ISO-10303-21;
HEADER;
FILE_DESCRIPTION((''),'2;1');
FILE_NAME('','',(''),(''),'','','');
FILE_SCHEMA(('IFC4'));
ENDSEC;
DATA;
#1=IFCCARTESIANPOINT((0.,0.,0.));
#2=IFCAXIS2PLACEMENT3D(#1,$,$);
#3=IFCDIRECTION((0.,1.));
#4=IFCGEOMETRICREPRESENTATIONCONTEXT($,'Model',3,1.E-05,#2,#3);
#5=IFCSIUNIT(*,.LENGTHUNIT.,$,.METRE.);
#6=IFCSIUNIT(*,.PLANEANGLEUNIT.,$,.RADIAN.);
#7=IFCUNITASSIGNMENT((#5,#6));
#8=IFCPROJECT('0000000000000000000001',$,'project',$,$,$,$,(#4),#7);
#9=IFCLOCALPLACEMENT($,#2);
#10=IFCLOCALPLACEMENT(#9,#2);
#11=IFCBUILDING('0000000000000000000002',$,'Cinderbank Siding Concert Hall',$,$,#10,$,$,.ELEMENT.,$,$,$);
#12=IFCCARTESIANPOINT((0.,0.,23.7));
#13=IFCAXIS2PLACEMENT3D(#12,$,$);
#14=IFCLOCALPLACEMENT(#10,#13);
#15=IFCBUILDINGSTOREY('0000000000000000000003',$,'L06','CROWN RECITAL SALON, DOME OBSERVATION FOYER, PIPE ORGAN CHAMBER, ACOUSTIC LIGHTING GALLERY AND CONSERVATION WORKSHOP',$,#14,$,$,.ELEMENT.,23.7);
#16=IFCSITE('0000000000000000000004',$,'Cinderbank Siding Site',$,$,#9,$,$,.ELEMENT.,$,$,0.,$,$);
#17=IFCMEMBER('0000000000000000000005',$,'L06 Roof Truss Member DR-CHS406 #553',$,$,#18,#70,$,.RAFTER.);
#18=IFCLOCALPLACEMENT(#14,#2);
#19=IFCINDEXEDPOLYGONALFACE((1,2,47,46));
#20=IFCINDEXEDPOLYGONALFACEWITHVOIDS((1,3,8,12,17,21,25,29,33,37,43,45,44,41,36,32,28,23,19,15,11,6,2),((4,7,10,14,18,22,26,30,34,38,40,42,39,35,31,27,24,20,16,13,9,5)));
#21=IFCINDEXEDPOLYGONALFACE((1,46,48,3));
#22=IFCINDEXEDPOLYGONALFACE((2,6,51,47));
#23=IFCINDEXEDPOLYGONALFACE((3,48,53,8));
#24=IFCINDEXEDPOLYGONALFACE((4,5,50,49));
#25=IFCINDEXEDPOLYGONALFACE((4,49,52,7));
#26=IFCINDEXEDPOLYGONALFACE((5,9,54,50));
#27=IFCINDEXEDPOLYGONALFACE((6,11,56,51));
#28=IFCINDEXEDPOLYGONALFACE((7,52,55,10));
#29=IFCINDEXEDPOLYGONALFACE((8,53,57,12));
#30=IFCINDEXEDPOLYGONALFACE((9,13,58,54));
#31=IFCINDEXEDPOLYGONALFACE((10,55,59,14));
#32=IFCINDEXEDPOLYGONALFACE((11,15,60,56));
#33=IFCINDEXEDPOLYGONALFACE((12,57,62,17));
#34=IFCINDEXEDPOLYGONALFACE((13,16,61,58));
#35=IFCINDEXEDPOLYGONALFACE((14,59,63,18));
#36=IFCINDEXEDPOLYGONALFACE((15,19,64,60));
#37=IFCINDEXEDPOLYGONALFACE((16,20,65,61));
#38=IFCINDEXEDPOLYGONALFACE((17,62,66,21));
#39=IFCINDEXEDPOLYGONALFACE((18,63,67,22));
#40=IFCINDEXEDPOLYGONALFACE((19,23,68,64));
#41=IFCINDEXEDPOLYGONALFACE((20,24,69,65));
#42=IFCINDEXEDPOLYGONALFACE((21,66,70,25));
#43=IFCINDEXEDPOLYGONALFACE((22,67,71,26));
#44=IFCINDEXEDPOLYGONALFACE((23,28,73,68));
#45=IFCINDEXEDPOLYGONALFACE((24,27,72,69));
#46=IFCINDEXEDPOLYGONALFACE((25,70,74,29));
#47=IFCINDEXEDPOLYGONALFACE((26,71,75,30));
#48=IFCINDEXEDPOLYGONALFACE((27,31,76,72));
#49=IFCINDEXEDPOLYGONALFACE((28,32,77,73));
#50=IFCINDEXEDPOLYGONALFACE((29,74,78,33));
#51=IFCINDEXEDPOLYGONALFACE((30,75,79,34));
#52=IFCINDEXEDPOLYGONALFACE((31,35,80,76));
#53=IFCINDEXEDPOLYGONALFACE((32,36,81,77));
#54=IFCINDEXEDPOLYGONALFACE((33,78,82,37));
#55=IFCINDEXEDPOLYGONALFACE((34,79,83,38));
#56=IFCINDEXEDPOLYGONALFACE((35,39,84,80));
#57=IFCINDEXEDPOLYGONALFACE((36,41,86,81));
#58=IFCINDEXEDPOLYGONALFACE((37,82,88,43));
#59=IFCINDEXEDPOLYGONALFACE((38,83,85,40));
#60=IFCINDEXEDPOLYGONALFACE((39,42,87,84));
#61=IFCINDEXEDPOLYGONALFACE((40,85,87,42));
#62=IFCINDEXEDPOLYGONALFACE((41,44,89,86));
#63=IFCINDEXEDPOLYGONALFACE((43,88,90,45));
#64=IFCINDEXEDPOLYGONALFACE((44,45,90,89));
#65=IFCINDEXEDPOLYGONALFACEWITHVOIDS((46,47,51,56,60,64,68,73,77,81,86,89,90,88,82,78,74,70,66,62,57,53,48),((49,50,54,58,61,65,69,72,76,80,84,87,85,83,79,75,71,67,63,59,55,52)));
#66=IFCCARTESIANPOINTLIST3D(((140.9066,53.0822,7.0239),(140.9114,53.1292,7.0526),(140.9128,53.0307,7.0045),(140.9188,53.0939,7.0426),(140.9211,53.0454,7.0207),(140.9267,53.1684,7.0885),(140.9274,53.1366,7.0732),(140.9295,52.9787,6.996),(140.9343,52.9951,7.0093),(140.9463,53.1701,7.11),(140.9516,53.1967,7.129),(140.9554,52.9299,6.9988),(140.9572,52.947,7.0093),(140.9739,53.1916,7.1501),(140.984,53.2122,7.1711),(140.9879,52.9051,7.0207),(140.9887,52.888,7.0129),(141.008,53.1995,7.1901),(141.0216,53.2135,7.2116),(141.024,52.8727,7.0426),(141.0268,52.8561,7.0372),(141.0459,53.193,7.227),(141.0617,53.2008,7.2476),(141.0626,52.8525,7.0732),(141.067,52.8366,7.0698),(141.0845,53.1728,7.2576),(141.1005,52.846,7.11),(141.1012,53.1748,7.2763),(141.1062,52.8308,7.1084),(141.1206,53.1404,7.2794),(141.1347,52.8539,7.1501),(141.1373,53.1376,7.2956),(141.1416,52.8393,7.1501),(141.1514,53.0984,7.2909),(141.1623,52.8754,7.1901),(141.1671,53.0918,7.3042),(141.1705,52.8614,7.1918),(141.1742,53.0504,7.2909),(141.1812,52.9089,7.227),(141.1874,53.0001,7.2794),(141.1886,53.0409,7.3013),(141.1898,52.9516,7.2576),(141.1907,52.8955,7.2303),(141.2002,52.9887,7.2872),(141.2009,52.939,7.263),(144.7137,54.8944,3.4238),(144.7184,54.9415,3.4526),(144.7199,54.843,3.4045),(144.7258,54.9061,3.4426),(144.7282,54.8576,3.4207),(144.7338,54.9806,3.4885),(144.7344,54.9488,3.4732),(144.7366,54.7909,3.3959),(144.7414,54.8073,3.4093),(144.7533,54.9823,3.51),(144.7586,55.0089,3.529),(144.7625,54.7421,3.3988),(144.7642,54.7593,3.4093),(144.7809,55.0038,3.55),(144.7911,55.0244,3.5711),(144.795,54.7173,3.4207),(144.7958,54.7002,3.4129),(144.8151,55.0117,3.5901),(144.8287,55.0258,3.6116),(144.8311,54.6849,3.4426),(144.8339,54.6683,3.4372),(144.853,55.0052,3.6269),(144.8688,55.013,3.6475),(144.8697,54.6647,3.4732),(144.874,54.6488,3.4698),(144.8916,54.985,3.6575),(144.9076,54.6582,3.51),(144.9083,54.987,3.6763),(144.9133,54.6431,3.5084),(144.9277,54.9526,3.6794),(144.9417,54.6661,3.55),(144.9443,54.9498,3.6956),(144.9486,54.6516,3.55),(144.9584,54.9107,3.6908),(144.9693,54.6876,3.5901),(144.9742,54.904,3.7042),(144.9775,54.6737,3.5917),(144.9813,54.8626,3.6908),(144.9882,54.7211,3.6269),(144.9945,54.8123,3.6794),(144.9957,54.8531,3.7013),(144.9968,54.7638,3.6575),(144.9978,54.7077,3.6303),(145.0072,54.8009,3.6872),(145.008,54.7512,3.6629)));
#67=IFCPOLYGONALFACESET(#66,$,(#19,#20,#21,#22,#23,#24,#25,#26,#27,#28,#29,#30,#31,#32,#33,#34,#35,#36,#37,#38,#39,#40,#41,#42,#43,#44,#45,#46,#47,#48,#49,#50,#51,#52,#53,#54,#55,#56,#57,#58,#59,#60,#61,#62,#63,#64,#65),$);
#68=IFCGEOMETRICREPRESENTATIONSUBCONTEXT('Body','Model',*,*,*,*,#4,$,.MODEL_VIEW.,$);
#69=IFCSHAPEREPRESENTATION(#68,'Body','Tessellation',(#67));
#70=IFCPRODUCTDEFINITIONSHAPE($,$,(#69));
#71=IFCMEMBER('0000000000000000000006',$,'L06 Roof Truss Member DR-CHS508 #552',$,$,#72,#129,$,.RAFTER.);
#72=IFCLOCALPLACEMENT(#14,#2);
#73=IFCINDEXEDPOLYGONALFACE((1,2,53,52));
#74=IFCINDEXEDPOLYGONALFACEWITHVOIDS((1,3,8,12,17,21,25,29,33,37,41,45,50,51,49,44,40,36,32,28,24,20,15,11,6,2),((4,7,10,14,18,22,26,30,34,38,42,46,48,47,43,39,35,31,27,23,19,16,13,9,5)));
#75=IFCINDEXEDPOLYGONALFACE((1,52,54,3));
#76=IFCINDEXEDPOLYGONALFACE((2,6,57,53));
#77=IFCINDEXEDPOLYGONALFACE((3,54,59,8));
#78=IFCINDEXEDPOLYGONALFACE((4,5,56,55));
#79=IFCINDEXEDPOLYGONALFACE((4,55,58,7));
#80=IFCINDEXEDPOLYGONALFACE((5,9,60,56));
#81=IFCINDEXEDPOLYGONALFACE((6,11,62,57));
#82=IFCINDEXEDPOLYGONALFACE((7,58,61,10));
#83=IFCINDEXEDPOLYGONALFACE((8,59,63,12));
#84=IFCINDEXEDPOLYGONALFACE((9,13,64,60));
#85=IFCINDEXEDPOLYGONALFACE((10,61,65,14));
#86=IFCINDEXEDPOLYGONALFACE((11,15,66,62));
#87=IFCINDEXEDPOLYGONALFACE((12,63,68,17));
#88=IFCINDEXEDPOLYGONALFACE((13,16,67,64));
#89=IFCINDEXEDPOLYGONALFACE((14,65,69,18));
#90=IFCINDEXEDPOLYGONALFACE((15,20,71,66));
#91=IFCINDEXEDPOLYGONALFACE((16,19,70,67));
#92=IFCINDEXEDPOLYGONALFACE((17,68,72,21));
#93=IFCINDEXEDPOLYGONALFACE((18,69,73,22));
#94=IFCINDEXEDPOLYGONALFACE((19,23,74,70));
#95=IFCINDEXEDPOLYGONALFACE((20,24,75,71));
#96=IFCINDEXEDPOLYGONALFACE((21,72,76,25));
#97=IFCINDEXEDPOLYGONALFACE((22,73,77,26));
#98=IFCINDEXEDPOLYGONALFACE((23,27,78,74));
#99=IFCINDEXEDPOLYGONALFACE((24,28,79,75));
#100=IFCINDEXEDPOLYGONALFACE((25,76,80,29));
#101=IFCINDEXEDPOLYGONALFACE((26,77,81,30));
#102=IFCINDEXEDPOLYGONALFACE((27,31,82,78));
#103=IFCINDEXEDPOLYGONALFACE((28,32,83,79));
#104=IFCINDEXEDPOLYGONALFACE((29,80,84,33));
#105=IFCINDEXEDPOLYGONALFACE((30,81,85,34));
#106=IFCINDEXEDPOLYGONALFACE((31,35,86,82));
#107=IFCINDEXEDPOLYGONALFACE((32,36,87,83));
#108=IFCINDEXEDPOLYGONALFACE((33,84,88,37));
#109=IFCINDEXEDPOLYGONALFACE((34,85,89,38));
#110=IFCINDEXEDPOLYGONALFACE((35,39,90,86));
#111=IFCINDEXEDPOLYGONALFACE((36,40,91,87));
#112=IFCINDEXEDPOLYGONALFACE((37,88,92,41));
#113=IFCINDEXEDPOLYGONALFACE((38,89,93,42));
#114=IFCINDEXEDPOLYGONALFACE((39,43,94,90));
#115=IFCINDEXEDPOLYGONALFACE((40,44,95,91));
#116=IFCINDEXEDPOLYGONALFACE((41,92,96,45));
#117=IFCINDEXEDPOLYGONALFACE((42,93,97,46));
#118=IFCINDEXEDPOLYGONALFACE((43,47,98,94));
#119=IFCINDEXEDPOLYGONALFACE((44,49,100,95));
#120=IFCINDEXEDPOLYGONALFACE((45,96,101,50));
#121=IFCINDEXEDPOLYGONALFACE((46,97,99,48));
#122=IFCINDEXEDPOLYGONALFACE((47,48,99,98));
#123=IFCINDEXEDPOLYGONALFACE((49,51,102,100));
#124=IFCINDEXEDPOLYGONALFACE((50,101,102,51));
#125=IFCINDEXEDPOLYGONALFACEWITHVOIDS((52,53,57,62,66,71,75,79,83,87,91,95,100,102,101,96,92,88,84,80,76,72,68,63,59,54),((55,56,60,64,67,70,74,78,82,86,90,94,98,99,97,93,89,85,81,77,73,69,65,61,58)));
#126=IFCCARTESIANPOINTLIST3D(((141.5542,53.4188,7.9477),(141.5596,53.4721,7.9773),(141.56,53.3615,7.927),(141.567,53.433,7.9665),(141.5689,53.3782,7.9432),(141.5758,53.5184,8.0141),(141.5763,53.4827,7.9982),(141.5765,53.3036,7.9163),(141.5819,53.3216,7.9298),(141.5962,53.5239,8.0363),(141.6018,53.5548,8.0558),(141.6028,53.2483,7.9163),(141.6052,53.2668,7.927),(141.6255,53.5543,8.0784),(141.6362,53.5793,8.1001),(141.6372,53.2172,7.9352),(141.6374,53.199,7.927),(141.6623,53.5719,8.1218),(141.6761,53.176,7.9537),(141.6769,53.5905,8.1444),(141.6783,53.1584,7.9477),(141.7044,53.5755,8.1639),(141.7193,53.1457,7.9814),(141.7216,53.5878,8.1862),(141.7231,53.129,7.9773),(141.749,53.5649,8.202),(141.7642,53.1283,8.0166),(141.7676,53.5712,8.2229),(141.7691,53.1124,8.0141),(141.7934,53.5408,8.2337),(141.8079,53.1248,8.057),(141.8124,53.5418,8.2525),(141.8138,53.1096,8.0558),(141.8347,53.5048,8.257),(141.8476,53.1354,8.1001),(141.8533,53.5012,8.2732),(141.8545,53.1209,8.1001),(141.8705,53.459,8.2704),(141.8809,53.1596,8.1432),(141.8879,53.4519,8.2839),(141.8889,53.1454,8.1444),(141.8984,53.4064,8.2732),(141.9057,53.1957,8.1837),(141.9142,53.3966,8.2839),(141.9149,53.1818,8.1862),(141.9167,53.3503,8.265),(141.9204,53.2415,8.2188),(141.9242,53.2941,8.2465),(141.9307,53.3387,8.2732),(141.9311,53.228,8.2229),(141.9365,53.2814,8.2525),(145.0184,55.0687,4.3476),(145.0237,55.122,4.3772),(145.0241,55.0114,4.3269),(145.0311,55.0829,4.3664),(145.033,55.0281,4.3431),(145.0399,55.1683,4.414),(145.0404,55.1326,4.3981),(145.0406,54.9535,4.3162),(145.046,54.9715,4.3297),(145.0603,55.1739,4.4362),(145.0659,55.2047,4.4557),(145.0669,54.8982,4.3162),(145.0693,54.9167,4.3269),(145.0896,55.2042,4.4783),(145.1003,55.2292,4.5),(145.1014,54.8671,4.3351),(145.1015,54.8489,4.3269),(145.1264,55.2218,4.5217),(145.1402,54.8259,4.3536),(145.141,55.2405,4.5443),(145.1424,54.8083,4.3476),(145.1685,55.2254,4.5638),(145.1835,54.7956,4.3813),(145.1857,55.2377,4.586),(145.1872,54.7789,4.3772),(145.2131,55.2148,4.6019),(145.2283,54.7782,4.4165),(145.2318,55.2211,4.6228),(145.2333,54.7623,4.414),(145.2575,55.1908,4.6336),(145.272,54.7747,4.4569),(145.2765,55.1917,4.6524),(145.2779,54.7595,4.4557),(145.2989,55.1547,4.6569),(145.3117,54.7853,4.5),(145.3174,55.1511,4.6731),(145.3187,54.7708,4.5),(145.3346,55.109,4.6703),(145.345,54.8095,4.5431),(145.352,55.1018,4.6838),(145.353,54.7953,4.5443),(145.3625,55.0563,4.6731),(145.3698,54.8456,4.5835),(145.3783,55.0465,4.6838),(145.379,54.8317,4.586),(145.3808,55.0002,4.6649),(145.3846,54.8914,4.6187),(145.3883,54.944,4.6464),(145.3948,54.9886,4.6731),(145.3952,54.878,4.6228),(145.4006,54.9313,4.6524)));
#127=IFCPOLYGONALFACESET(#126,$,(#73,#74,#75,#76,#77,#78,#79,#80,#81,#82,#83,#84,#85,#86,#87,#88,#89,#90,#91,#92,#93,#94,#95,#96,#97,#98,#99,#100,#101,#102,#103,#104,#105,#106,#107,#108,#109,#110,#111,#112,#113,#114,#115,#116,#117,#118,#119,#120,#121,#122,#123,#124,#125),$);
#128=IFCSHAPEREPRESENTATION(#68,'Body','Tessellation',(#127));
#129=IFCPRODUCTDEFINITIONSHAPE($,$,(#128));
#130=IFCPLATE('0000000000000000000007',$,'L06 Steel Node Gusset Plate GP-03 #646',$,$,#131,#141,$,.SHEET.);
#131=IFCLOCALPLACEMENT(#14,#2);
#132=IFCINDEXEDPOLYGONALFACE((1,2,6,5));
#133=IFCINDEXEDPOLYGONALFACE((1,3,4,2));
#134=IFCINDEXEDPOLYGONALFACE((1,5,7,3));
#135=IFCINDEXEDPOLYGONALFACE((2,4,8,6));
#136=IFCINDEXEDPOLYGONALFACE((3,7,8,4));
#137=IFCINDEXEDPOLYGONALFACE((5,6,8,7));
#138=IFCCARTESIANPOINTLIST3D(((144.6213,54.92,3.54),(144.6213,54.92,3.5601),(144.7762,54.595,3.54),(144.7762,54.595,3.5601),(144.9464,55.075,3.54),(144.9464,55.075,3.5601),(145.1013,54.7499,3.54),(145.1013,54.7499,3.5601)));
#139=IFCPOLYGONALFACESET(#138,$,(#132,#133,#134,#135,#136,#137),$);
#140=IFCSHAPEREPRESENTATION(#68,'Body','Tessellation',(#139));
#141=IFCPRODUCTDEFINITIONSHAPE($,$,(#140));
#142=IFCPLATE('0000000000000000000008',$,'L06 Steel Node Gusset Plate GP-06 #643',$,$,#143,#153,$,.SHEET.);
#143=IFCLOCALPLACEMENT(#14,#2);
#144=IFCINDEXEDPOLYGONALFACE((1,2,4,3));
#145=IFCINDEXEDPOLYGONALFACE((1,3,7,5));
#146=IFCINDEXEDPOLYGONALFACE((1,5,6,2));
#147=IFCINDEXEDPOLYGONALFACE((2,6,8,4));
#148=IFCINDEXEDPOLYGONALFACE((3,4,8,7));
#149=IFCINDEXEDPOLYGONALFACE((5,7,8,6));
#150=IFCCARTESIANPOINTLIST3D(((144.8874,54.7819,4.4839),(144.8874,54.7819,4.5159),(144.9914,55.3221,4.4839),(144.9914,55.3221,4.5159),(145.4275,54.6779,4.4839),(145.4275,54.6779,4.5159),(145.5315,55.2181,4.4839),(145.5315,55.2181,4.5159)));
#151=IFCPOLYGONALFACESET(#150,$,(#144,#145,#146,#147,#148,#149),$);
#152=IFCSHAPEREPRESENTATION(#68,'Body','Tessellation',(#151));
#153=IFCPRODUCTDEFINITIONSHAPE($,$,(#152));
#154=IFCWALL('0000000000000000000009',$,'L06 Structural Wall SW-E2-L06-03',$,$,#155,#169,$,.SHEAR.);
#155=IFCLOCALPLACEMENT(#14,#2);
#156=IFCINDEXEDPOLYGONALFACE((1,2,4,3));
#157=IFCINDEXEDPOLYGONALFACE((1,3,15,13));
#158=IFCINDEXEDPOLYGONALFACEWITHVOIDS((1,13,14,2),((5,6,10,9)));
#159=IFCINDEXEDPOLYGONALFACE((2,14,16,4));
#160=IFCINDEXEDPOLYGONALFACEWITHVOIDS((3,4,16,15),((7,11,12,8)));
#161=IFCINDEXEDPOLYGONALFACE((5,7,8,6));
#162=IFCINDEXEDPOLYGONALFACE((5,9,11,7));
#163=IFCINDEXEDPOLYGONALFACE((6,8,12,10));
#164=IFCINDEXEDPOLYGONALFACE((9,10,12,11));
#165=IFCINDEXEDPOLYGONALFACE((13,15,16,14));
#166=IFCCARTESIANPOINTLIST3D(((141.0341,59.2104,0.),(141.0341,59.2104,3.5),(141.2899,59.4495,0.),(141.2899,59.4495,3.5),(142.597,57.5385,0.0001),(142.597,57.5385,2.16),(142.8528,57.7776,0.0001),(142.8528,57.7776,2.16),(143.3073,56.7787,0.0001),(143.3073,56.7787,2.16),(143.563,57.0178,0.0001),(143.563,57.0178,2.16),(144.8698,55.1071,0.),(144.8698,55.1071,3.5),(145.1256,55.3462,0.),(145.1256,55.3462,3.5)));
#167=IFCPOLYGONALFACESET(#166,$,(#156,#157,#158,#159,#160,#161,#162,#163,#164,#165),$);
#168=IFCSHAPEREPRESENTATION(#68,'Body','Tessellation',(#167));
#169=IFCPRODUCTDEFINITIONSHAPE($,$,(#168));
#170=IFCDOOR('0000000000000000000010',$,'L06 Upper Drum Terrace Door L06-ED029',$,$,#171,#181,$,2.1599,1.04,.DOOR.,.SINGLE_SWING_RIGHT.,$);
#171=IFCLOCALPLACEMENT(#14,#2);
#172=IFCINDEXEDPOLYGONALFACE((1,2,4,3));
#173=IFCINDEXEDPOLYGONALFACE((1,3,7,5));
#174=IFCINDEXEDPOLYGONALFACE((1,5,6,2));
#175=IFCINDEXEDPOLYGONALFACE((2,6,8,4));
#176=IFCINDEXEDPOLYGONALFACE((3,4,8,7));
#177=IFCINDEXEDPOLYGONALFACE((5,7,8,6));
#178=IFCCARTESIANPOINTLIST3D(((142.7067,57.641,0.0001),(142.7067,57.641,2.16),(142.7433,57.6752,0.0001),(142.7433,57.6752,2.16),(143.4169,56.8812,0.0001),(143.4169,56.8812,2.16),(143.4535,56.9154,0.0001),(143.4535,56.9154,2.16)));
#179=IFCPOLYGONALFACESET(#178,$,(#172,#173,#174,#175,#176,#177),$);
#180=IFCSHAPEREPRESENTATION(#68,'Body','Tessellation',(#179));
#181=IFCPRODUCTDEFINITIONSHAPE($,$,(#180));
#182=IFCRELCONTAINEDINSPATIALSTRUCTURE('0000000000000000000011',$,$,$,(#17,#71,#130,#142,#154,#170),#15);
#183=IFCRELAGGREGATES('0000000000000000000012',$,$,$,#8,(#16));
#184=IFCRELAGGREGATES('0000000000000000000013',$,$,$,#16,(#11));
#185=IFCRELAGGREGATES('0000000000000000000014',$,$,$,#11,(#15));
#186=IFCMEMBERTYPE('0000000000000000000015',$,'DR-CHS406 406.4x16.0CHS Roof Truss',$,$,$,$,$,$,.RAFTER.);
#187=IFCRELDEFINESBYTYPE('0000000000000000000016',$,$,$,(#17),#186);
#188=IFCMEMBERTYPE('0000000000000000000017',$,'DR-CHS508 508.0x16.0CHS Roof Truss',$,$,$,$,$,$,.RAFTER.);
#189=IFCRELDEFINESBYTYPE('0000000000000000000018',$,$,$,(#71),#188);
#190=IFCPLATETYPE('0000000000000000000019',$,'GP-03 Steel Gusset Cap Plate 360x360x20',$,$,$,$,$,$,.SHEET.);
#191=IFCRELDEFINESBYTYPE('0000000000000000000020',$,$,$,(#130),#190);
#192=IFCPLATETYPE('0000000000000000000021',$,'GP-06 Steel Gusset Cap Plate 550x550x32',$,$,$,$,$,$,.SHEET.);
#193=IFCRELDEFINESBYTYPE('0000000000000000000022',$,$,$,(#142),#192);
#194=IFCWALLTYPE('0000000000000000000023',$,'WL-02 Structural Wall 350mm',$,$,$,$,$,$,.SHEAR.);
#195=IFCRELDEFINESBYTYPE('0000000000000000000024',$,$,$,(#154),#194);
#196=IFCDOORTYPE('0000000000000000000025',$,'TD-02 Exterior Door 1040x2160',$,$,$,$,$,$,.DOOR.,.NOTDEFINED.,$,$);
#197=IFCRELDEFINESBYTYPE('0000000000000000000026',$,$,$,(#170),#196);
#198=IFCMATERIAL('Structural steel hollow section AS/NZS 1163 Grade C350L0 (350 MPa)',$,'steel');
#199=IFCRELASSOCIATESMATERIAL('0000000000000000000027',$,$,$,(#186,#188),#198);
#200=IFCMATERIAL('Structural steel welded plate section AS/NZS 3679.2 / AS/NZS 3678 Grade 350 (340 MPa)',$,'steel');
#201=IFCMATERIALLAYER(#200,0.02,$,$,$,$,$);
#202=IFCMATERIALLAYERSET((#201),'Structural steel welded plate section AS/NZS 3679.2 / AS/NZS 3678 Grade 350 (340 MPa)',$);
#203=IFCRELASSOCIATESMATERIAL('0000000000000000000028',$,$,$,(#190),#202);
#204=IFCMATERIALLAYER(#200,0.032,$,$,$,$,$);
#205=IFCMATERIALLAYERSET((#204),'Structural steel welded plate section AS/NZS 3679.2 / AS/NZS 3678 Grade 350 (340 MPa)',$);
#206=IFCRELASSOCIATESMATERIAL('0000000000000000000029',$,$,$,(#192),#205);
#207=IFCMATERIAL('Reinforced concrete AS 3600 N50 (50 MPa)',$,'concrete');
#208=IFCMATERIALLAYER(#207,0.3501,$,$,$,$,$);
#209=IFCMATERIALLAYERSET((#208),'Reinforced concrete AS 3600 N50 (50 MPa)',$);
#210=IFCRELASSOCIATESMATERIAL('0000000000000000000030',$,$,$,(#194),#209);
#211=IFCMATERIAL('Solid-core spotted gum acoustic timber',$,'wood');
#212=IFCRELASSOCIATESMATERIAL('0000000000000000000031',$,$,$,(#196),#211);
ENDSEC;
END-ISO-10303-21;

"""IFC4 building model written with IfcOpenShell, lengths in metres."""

from ifc_helpers import new_model, si_unit, direction, frame, frame_2d, origin, origin_2d, place, context, subcontext, project, spatial, rectangle, hollow_circle, extrude, material, layer, layer_set, material_profile, profile_set, type_object, element, fill, save


model = new_model("IFC4")

# Units and contexts
model_context = context("Model", 3, precision=1e-05, world=origin(), true_north=direction((0.0, 1.0)))
body_context = subcontext(model_context, "Body", "Model", "MODEL_VIEW")
ifc_project = project(units=[si_unit("LENGTHUNIT", "METRE"), si_unit("PLANEANGLEUNIT", "RADIAN")], contexts=[model_context])

# Site, building, storey
site_placement = place(None, origin())
site = spatial("IfcSite", under=ifc_project, at=site_placement, Name="Cinderbank Siding Site", CompositionType="ELEMENT", RefElevation=0.0)
building_placement = place(site_placement, origin())
building = spatial("IfcBuilding", under=site, at=building_placement, Name="Cinderbank Siding Concert Hall", CompositionType="ELEMENT")
storey_placement = place(building_placement, frame((0.0, 0.0, 23.7)))
storey = spatial("IfcBuildingStorey", under=building, at=storey_placement, Name="L06", Description="CROWN RECITAL SALON, DOME OBSERVATION FOYER, PIPE ORGAN CHAMBER, ACOUSTIC LIGHTING GALLERY AND CONSERVATION WORKSHOP", CompositionType="ELEMENT", Elevation=23.7)

# Shared definitions
ifc_material_1 = material(Name="Reinforced concrete AS 3600 N50 (50 MPa)", Category="concrete")

# Shared definitions
ifc_material_2 = material(Name="Structural steel welded plate section AS/NZS 3679.2 / AS/NZS 3678 Grade 350 (340 MPa)", Category="steel")

# Members
ifc_material_3 = material(Name="Structural steel hollow section AS/NZS 1163 Grade C350L0 (350 MPa)", Category="steel")
ifc_material_profile_1 = material_profile(ifc_material_3, hollow_circle(Radius=0.2031, WallThickness=0.0161, at=origin_2d()), Name="406.4x16.0CHS", Category="LoadBearing")
ifc_profile_set_1 = profile_set([ifc_material_profile_1], Name="Structural steel hollow section AS/NZS 1163 Grade C350L0 (350 MPa)")
member_type_1 = type_object("IfcMemberType", Name="DR-CHS406 406.4x16.0CHS Roof Truss", PredefinedType="RAFTER", material=ifc_profile_set_1)
member_1_placement = place(storey_placement, frame((144.8613, 54.835, 3.55), z_axis=(-0.686675, -0.326869, 0.649334), x_axis=(0.429805, -0.902922, 0.0)))
element("IfcMember", 1, at=member_1_placement, inside=storey, type_object=member_type_1, Name="L06 Roof Truss Member DR-CHS406 #553", PredefinedType="RAFTER", context=body_context, shape_type="SweptSolid", body=[
    extrude(hollow_circle(Radius=0.2031, WallThickness=0.0161, at=origin_2d()), origin(), (0.0, 0.0, 1.0), 5.5442),
])
ifc_material_profile_2 = material_profile(ifc_material_3, hollow_circle(Radius=0.2539, WallThickness=0.0161, at=origin_2d()), Name="508.0x16.0CHS", Category="LoadBearing")
ifc_profile_set_2 = profile_set([ifc_material_profile_2], Name="Structural steel hollow section AS/NZS 1163 Grade C350L0 (350 MPa)")
member_type_2 = type_object("IfcMemberType", Name="DR-CHS508 508.0x16.0CHS Roof Truss", PredefinedType="RAFTER", material=ifc_profile_set_2)
member_2_placement = place(storey_placement, frame((145.2095, 55.0, 4.5), z_axis=(-0.658394, -0.313583, 0.684239), x_axis=(0.430003, -0.902828, 0.0)))
element("IfcMember", 2, at=member_2_placement, inside=storey, type_object=member_type_2, Name="L06 Roof Truss Member DR-CHS508 #552", PredefinedType="RAFTER", context=body_context, shape_type="SweptSolid", body=[
    extrude(hollow_circle(Radius=0.2539, WallThickness=0.0161, at=origin_2d()), origin(), (0.0, 0.0, 1.0), 5.2615),
])

# Plates
ifc_layer_1 = layer(ifc_material_2, 0.02)
ifc_layer_set_1 = layer_set([ifc_layer_1], Name="Structural steel welded plate section AS/NZS 3679.2 / AS/NZS 3678 Grade 350 (340 MPa)")
plate_type_1 = type_object("IfcPlateType", Name="GP-03 Steel Gusset Cap Plate 360x360x20", PredefinedType="SHEET", material=ifc_layer_set_1)
plate_1_placement = place(storey_placement, frame((144.8613, 54.835, 3.54), z_axis=(0.0, 0.0, 1.0), x_axis=(-0.902736, -0.430196, 0.0)))
element("IfcPlate", 3, at=plate_1_placement, inside=storey, type_object=plate_type_1, Name="L06 Steel Node Gusset Plate GP-03 #646", PredefinedType="SHEET", context=body_context, shape_type="SweptSolid", body=[
    extrude(rectangle(XDim=0.3601, YDim=0.3601, at=origin_2d()), origin(), (0.0, 0.0, 1.0), 0.02),
])
ifc_layer_2 = layer(ifc_material_2, 0.032)
ifc_layer_set_2 = layer_set([ifc_layer_2], Name="Structural steel welded plate section AS/NZS 3679.2 / AS/NZS 3678 Grade 350 (340 MPa)")
plate_type_2 = type_object("IfcPlateType", Name="GP-06 Steel Gusset Cap Plate 550x550x32", PredefinedType="SHEET", material=ifc_layer_set_2)
plate_2_placement = place(storey_placement, frame((145.2095, 55.0, 4.4839), z_axis=(0.0, 0.0, 1.0), x_axis=(-0.189095, -0.981959, 0.0)))
element("IfcPlate", 4, at=plate_2_placement, inside=storey, type_object=plate_type_2, Name="L06 Steel Node Gusset Plate GP-06 #643", PredefinedType="SHEET", context=body_context, shape_type="SweptSolid", body=[
    extrude(rectangle(XDim=0.55, YDim=0.55, at=origin_2d()), origin(), (0.0, 0.0, 1.0), 0.032),
])

# Wall, opening, door
ifc_layer_3 = layer(ifc_material_1, 0.3501)
ifc_layer_set_3 = layer_set([ifc_layer_3], Name="Reinforced concrete AS 3600 N50 (50 MPa)")
wall_type = type_object("IfcWallType", Name="WL-02 Structural Wall 350mm", PredefinedType="SHEAR", material=ifc_layer_set_3)
wall_placement = place(storey_placement, frame((144.9978, 55.2266, 0.0), z_axis=(0.0, 0.0, 1.0), x_axis=(-0.682886, 0.730525, 0.0)))
wall = element("IfcWall", 5, at=wall_placement, inside=storey, type_object=wall_type, Name="L06 Structural Wall SW-E2-L06-03", PredefinedType="SHEAR", context=body_context, shape_type="SweptSolid", body=[
    extrude(rectangle(XDim=5.6169, YDim=0.3501, at=frame_2d((2.8086, 0.0))), origin(), (0.0, 0.0, 1.0), 3.5),
])
opening_placement = place(wall_placement, frame((2.2883, 0.0, 0.0)))
opening = element("IfcOpeningElement", 6, at=opening_placement, cuts=wall, PredefinedType="OPENING", context=body_context, shape_type="SweptSolid", body=[
    extrude(rectangle(XDim=1.04, YDim=2.1599, at=frame_2d((0.52, 1.0801))), frame((0.0, 0.187, 0.0), z_axis=(0.0, -1.0, 0.0), x_axis=(1.0, 0.0, 0.0)), (0.0, 0.0, 1.0), 0.374),
])
ifc_material_4 = material(Name="Solid-core spotted gum acoustic timber", Category="wood")
door_type = type_object("IfcDoorType", Name="TD-02 Exterior Door 1040x2160", OperationType="NOTDEFINED", PredefinedType="DOOR", material=ifc_material_4)
door_placement = place(opening_placement, origin())
door = element("IfcDoor", 7, at=door_placement, inside=storey, type_object=door_type, Name="L06 Upper Drum Terrace Door L06-ED029", OperationType="SINGLE_SWING_RIGHT", OverallHeight=2.1599, OverallWidth=1.04, PredefinedType="DOOR", context=body_context, shape_type="SweptSolid", body=[
    extrude(rectangle(XDim=1.04, YDim=2.1599, at=frame_2d((0.52, 1.0801))), frame((0.0, 0.0249, 0.0), z_axis=(0.0, -1.0, 0.0), x_axis=(1.0, 0.0, 0.0)), (0.0, 0.0, 1.0), 0.05),
])
fill(opening, door)

save(model, "model.ifc")
